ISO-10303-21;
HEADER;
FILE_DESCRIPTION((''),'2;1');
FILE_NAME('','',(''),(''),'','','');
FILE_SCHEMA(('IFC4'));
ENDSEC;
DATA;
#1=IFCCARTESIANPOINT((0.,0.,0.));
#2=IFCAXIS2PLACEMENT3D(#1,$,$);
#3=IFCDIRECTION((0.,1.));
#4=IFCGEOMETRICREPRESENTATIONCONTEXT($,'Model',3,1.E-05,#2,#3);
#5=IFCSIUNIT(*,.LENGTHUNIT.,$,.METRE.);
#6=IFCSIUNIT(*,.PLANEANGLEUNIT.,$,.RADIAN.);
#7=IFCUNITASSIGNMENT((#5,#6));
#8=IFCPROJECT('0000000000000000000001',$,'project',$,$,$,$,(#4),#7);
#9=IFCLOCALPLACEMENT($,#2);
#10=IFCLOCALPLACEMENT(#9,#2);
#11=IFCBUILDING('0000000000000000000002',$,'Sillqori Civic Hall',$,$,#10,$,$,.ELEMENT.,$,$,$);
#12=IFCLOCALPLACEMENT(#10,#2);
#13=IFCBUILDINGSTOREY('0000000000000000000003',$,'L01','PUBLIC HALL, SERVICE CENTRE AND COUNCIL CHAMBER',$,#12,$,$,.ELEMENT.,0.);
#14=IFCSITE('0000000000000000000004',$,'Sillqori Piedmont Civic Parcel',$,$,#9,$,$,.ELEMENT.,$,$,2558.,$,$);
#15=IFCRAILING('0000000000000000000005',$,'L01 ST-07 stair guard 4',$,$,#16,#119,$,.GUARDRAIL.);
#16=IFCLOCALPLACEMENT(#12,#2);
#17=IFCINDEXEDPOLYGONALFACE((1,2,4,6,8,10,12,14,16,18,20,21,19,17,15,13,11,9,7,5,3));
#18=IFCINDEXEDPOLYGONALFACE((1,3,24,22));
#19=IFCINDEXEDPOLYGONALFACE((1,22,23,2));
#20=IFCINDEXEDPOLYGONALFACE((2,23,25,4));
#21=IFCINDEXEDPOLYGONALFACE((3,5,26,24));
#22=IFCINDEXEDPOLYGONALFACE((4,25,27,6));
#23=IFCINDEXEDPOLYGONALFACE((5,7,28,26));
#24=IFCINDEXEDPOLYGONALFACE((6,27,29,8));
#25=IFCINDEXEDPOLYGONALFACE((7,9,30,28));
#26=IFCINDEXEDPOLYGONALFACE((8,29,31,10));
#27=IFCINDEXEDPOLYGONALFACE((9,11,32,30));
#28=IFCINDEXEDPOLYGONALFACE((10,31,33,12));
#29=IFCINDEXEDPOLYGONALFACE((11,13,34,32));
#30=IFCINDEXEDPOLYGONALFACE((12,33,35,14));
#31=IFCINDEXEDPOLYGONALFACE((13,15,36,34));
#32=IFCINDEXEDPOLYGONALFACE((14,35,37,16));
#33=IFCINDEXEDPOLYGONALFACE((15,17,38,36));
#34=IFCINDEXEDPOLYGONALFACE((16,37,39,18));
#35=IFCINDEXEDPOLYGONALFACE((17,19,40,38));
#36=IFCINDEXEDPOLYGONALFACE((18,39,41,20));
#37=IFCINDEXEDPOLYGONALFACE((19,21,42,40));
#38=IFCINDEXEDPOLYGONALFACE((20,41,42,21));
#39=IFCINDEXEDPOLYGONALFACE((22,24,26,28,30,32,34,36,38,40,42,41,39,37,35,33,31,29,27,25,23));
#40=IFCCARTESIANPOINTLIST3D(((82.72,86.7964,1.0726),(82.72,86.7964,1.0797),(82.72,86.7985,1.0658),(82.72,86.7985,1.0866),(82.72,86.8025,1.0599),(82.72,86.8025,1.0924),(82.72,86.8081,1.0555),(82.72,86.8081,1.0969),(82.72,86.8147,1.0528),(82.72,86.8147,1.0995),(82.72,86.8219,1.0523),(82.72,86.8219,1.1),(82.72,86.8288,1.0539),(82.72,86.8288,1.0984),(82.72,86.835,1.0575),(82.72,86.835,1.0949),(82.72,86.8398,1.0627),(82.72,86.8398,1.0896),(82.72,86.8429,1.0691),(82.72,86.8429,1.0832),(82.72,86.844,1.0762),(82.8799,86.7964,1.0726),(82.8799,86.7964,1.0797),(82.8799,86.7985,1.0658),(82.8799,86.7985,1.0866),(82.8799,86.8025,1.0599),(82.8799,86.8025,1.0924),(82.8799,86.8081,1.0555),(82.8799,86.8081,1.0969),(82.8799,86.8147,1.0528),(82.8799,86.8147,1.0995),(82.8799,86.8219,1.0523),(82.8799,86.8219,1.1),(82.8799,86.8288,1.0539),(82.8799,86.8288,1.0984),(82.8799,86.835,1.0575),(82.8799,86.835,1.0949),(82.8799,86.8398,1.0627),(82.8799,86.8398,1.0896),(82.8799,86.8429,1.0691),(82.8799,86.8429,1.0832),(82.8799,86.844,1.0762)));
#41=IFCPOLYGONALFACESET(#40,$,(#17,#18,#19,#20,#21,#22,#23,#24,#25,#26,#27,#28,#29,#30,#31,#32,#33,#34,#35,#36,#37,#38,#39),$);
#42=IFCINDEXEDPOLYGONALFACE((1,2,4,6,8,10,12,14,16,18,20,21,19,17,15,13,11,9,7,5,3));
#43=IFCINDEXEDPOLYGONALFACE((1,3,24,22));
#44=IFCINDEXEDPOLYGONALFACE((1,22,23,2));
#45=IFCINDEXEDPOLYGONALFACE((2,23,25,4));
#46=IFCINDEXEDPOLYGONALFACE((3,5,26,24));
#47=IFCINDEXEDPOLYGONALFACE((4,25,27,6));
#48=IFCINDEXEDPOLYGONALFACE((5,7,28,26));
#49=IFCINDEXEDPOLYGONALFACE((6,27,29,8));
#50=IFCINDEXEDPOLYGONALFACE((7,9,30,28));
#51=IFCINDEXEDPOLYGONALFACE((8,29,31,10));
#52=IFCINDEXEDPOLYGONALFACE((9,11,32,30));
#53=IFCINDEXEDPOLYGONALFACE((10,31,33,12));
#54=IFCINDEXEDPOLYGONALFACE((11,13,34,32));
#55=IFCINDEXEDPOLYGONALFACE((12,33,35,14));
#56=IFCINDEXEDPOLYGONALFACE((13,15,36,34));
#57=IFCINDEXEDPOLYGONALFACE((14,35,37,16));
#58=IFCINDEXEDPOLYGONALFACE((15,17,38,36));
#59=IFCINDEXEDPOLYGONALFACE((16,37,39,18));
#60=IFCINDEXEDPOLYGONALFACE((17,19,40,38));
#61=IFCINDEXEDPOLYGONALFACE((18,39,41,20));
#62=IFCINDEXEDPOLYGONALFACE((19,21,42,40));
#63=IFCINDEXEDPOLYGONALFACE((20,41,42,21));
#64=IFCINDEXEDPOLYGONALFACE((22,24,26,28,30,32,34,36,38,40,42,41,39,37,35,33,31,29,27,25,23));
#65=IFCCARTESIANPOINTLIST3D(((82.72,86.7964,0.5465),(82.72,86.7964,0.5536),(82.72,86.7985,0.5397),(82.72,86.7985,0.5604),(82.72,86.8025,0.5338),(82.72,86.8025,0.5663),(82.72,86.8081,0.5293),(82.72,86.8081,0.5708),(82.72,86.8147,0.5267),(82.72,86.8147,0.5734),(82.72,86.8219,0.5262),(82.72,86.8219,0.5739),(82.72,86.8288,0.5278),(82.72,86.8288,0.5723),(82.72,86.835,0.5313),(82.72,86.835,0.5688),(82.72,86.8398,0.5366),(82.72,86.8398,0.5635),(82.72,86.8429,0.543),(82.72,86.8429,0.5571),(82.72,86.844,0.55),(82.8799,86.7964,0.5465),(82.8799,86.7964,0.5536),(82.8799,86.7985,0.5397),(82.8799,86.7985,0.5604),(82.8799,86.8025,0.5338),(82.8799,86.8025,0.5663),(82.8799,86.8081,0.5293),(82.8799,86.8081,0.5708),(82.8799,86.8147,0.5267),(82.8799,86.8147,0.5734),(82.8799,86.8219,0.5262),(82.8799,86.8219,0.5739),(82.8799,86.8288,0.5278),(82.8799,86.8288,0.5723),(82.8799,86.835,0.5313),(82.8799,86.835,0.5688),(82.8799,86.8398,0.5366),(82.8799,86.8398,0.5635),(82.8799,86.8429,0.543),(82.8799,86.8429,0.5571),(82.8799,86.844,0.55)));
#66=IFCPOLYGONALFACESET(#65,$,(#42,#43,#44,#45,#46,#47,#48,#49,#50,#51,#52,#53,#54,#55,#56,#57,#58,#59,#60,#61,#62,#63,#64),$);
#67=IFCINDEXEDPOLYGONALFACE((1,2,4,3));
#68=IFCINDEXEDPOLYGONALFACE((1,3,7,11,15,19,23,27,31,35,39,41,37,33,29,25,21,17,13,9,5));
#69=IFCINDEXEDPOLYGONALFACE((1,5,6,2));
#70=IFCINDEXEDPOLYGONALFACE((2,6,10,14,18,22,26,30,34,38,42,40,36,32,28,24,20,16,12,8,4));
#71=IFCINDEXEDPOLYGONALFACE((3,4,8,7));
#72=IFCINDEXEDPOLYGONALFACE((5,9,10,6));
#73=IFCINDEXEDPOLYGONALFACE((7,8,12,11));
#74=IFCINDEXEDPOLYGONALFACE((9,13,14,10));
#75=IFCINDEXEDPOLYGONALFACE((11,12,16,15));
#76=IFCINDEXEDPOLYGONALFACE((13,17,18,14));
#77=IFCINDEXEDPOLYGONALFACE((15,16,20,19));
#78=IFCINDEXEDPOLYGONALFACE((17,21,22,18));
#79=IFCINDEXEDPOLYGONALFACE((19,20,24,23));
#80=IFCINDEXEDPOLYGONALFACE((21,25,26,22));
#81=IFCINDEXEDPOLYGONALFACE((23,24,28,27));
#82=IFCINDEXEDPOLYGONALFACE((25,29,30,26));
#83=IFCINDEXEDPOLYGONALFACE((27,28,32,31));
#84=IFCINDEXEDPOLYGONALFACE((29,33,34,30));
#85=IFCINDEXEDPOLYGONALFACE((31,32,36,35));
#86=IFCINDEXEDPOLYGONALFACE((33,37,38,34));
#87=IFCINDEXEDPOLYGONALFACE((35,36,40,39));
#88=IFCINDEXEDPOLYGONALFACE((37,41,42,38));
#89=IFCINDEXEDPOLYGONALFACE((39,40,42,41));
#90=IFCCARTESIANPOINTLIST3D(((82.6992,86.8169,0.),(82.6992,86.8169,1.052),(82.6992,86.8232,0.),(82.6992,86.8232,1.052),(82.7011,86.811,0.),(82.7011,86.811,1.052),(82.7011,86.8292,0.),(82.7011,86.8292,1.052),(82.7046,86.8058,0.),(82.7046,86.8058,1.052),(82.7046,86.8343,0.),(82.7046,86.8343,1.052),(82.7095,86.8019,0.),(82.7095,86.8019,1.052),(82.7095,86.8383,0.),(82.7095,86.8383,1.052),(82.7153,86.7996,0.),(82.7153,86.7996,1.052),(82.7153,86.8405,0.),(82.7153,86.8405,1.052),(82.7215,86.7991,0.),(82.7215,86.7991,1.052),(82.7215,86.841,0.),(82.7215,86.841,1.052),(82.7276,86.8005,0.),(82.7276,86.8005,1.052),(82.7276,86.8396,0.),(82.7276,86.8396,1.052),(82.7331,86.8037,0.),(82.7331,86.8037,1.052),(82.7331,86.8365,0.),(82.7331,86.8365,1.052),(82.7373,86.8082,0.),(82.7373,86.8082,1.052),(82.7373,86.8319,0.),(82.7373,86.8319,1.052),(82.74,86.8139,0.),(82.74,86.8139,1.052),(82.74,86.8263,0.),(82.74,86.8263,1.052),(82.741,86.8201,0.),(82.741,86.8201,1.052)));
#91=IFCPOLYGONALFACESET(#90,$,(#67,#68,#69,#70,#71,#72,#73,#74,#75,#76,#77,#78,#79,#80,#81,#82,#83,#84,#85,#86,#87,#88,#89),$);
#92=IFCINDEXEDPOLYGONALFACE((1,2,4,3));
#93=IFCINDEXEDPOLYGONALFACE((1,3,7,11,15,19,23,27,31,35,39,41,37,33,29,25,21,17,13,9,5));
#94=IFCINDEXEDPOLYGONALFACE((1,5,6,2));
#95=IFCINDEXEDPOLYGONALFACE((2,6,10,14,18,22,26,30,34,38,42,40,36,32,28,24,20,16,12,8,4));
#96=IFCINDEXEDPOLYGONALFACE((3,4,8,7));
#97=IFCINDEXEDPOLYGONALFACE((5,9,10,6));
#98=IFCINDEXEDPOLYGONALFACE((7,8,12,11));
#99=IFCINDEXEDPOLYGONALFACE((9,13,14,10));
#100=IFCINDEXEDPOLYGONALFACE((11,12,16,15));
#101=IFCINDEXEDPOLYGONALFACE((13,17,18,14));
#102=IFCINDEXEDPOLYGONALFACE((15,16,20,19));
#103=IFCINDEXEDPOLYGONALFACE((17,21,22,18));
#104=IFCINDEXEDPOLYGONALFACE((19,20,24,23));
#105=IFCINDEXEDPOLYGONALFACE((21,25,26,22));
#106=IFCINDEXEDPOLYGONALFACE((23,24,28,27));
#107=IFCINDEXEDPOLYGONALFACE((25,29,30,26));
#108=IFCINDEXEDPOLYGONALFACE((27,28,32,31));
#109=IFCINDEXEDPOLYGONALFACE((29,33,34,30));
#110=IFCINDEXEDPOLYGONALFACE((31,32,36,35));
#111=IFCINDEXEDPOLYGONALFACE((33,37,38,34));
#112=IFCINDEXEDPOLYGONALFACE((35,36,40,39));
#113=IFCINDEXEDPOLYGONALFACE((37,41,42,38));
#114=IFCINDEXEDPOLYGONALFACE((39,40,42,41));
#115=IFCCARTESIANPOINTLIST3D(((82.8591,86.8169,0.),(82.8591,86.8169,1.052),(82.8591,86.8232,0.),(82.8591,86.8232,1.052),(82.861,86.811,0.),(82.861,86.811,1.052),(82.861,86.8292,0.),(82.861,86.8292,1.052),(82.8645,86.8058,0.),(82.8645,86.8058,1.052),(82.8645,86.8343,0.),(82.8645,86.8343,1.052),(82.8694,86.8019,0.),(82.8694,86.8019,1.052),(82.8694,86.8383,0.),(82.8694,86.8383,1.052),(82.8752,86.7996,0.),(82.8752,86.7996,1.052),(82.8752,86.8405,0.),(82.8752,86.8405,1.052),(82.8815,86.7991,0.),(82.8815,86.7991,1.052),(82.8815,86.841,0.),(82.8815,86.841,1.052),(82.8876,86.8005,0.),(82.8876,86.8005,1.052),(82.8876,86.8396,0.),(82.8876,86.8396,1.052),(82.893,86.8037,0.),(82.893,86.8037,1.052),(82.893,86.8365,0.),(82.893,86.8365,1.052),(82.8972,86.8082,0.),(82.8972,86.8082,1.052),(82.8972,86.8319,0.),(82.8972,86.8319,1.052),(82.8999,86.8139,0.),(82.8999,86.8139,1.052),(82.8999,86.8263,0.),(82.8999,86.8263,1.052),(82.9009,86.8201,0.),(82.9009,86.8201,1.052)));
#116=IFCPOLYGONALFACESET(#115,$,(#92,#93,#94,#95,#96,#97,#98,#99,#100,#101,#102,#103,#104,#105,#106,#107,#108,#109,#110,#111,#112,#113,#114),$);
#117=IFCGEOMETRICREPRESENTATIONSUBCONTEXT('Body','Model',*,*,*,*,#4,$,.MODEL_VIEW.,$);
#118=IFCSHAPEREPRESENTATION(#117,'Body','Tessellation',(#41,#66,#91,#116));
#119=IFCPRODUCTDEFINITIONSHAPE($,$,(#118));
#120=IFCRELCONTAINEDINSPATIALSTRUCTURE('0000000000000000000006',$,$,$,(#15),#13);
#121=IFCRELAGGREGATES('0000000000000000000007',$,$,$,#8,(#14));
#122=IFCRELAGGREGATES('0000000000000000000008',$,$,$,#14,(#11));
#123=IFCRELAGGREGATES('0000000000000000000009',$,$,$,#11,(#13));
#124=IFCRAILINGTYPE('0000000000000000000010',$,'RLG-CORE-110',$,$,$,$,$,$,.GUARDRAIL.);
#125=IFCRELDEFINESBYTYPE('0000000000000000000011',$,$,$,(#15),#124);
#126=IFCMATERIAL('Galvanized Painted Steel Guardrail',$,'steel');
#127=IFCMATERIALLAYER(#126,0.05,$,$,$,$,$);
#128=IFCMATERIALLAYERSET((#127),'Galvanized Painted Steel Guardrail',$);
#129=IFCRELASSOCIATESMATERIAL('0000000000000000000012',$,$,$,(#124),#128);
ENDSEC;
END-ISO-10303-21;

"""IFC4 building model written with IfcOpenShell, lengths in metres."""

from ifc_helpers import new_model, si_unit, direction, frame, origin, origin_2d, place, context, subcontext, project, spatial, circle, extrude, material, layer, layer_set, type_object, element, save


model = new_model("IFC4")

# Units and contexts
model_context = context("Model", 3, precision=1e-05, world=origin(), true_north=direction((0.0, 1.0)))
body_context = subcontext(model_context, "Body", "Model", "MODEL_VIEW")
ifc_project = project(units=[si_unit("LENGTHUNIT", "METRE"), si_unit("PLANEANGLEUNIT", "RADIAN")], contexts=[model_context])

# Site, building, storey
site_placement = place(None, origin())
site = spatial("IfcSite", under=ifc_project, at=site_placement, Name="Sillqori Piedmont Civic Parcel", CompositionType="ELEMENT", RefElevation=2558.0)
building_placement = place(site_placement, origin())
building = spatial("IfcBuilding", under=site, at=building_placement, Name="Sillqori Civic Hall", CompositionType="ELEMENT")
storey_placement = place(building_placement, origin())
storey = spatial("IfcBuildingStorey", under=building, at=storey_placement, Name="L01", Description="PUBLIC HALL, SERVICE CENTRE AND COUNCIL CHAMBER", CompositionType="ELEMENT", Elevation=0.0)

# Railing
ifc_material_1 = material(Name="Galvanized Painted Steel Guardrail", Category="steel")
ifc_layer_1 = layer(ifc_material_1, 0.05)
ifc_layer_set_1 = layer_set([ifc_layer_1], Name="Galvanized Painted Steel Guardrail")
railing_type_1 = type_object("IfcRailingType", Name="RLG-CORE-110", PredefinedType="GUARDRAIL", material=ifc_layer_set_1)
railing_1_placement = place(storey_placement, frame((82.72, 86.8201, 0.0)))
element("IfcRailing", 1, at=railing_1_placement, inside=storey, type_object=railing_type_1, Name="L01 ST-07 stair guard 4", PredefinedType="GUARDRAIL", context=body_context, shape_type="SweptSolid", body=[
    extrude(circle(Radius=0.0239, at=origin_2d()), frame((0.0, 0.0, 1.0762), z_axis=(1.0, 0.0, 0.0), x_axis=(0.0, 1.0, 0.0)), (0.0, 0.0, 1.0), 0.1599),
    extrude(circle(Radius=0.0239, at=origin_2d()), frame((0.0, 0.0, 0.55), z_axis=(1.0, 0.0, 0.0), x_axis=(0.0, 1.0, 0.0)), (0.0, 0.0, 1.0), 0.1599),
    extrude(circle(Radius=0.021, at=origin_2d()), origin(), (0.0, 0.0, 1.0), 1.052),
    extrude(circle(Radius=0.021, at=origin_2d()), frame((0.1599, 0.0, 0.0)), (0.0, 0.0, 1.0), 1.052),
])

save(model, "model.ifc")
